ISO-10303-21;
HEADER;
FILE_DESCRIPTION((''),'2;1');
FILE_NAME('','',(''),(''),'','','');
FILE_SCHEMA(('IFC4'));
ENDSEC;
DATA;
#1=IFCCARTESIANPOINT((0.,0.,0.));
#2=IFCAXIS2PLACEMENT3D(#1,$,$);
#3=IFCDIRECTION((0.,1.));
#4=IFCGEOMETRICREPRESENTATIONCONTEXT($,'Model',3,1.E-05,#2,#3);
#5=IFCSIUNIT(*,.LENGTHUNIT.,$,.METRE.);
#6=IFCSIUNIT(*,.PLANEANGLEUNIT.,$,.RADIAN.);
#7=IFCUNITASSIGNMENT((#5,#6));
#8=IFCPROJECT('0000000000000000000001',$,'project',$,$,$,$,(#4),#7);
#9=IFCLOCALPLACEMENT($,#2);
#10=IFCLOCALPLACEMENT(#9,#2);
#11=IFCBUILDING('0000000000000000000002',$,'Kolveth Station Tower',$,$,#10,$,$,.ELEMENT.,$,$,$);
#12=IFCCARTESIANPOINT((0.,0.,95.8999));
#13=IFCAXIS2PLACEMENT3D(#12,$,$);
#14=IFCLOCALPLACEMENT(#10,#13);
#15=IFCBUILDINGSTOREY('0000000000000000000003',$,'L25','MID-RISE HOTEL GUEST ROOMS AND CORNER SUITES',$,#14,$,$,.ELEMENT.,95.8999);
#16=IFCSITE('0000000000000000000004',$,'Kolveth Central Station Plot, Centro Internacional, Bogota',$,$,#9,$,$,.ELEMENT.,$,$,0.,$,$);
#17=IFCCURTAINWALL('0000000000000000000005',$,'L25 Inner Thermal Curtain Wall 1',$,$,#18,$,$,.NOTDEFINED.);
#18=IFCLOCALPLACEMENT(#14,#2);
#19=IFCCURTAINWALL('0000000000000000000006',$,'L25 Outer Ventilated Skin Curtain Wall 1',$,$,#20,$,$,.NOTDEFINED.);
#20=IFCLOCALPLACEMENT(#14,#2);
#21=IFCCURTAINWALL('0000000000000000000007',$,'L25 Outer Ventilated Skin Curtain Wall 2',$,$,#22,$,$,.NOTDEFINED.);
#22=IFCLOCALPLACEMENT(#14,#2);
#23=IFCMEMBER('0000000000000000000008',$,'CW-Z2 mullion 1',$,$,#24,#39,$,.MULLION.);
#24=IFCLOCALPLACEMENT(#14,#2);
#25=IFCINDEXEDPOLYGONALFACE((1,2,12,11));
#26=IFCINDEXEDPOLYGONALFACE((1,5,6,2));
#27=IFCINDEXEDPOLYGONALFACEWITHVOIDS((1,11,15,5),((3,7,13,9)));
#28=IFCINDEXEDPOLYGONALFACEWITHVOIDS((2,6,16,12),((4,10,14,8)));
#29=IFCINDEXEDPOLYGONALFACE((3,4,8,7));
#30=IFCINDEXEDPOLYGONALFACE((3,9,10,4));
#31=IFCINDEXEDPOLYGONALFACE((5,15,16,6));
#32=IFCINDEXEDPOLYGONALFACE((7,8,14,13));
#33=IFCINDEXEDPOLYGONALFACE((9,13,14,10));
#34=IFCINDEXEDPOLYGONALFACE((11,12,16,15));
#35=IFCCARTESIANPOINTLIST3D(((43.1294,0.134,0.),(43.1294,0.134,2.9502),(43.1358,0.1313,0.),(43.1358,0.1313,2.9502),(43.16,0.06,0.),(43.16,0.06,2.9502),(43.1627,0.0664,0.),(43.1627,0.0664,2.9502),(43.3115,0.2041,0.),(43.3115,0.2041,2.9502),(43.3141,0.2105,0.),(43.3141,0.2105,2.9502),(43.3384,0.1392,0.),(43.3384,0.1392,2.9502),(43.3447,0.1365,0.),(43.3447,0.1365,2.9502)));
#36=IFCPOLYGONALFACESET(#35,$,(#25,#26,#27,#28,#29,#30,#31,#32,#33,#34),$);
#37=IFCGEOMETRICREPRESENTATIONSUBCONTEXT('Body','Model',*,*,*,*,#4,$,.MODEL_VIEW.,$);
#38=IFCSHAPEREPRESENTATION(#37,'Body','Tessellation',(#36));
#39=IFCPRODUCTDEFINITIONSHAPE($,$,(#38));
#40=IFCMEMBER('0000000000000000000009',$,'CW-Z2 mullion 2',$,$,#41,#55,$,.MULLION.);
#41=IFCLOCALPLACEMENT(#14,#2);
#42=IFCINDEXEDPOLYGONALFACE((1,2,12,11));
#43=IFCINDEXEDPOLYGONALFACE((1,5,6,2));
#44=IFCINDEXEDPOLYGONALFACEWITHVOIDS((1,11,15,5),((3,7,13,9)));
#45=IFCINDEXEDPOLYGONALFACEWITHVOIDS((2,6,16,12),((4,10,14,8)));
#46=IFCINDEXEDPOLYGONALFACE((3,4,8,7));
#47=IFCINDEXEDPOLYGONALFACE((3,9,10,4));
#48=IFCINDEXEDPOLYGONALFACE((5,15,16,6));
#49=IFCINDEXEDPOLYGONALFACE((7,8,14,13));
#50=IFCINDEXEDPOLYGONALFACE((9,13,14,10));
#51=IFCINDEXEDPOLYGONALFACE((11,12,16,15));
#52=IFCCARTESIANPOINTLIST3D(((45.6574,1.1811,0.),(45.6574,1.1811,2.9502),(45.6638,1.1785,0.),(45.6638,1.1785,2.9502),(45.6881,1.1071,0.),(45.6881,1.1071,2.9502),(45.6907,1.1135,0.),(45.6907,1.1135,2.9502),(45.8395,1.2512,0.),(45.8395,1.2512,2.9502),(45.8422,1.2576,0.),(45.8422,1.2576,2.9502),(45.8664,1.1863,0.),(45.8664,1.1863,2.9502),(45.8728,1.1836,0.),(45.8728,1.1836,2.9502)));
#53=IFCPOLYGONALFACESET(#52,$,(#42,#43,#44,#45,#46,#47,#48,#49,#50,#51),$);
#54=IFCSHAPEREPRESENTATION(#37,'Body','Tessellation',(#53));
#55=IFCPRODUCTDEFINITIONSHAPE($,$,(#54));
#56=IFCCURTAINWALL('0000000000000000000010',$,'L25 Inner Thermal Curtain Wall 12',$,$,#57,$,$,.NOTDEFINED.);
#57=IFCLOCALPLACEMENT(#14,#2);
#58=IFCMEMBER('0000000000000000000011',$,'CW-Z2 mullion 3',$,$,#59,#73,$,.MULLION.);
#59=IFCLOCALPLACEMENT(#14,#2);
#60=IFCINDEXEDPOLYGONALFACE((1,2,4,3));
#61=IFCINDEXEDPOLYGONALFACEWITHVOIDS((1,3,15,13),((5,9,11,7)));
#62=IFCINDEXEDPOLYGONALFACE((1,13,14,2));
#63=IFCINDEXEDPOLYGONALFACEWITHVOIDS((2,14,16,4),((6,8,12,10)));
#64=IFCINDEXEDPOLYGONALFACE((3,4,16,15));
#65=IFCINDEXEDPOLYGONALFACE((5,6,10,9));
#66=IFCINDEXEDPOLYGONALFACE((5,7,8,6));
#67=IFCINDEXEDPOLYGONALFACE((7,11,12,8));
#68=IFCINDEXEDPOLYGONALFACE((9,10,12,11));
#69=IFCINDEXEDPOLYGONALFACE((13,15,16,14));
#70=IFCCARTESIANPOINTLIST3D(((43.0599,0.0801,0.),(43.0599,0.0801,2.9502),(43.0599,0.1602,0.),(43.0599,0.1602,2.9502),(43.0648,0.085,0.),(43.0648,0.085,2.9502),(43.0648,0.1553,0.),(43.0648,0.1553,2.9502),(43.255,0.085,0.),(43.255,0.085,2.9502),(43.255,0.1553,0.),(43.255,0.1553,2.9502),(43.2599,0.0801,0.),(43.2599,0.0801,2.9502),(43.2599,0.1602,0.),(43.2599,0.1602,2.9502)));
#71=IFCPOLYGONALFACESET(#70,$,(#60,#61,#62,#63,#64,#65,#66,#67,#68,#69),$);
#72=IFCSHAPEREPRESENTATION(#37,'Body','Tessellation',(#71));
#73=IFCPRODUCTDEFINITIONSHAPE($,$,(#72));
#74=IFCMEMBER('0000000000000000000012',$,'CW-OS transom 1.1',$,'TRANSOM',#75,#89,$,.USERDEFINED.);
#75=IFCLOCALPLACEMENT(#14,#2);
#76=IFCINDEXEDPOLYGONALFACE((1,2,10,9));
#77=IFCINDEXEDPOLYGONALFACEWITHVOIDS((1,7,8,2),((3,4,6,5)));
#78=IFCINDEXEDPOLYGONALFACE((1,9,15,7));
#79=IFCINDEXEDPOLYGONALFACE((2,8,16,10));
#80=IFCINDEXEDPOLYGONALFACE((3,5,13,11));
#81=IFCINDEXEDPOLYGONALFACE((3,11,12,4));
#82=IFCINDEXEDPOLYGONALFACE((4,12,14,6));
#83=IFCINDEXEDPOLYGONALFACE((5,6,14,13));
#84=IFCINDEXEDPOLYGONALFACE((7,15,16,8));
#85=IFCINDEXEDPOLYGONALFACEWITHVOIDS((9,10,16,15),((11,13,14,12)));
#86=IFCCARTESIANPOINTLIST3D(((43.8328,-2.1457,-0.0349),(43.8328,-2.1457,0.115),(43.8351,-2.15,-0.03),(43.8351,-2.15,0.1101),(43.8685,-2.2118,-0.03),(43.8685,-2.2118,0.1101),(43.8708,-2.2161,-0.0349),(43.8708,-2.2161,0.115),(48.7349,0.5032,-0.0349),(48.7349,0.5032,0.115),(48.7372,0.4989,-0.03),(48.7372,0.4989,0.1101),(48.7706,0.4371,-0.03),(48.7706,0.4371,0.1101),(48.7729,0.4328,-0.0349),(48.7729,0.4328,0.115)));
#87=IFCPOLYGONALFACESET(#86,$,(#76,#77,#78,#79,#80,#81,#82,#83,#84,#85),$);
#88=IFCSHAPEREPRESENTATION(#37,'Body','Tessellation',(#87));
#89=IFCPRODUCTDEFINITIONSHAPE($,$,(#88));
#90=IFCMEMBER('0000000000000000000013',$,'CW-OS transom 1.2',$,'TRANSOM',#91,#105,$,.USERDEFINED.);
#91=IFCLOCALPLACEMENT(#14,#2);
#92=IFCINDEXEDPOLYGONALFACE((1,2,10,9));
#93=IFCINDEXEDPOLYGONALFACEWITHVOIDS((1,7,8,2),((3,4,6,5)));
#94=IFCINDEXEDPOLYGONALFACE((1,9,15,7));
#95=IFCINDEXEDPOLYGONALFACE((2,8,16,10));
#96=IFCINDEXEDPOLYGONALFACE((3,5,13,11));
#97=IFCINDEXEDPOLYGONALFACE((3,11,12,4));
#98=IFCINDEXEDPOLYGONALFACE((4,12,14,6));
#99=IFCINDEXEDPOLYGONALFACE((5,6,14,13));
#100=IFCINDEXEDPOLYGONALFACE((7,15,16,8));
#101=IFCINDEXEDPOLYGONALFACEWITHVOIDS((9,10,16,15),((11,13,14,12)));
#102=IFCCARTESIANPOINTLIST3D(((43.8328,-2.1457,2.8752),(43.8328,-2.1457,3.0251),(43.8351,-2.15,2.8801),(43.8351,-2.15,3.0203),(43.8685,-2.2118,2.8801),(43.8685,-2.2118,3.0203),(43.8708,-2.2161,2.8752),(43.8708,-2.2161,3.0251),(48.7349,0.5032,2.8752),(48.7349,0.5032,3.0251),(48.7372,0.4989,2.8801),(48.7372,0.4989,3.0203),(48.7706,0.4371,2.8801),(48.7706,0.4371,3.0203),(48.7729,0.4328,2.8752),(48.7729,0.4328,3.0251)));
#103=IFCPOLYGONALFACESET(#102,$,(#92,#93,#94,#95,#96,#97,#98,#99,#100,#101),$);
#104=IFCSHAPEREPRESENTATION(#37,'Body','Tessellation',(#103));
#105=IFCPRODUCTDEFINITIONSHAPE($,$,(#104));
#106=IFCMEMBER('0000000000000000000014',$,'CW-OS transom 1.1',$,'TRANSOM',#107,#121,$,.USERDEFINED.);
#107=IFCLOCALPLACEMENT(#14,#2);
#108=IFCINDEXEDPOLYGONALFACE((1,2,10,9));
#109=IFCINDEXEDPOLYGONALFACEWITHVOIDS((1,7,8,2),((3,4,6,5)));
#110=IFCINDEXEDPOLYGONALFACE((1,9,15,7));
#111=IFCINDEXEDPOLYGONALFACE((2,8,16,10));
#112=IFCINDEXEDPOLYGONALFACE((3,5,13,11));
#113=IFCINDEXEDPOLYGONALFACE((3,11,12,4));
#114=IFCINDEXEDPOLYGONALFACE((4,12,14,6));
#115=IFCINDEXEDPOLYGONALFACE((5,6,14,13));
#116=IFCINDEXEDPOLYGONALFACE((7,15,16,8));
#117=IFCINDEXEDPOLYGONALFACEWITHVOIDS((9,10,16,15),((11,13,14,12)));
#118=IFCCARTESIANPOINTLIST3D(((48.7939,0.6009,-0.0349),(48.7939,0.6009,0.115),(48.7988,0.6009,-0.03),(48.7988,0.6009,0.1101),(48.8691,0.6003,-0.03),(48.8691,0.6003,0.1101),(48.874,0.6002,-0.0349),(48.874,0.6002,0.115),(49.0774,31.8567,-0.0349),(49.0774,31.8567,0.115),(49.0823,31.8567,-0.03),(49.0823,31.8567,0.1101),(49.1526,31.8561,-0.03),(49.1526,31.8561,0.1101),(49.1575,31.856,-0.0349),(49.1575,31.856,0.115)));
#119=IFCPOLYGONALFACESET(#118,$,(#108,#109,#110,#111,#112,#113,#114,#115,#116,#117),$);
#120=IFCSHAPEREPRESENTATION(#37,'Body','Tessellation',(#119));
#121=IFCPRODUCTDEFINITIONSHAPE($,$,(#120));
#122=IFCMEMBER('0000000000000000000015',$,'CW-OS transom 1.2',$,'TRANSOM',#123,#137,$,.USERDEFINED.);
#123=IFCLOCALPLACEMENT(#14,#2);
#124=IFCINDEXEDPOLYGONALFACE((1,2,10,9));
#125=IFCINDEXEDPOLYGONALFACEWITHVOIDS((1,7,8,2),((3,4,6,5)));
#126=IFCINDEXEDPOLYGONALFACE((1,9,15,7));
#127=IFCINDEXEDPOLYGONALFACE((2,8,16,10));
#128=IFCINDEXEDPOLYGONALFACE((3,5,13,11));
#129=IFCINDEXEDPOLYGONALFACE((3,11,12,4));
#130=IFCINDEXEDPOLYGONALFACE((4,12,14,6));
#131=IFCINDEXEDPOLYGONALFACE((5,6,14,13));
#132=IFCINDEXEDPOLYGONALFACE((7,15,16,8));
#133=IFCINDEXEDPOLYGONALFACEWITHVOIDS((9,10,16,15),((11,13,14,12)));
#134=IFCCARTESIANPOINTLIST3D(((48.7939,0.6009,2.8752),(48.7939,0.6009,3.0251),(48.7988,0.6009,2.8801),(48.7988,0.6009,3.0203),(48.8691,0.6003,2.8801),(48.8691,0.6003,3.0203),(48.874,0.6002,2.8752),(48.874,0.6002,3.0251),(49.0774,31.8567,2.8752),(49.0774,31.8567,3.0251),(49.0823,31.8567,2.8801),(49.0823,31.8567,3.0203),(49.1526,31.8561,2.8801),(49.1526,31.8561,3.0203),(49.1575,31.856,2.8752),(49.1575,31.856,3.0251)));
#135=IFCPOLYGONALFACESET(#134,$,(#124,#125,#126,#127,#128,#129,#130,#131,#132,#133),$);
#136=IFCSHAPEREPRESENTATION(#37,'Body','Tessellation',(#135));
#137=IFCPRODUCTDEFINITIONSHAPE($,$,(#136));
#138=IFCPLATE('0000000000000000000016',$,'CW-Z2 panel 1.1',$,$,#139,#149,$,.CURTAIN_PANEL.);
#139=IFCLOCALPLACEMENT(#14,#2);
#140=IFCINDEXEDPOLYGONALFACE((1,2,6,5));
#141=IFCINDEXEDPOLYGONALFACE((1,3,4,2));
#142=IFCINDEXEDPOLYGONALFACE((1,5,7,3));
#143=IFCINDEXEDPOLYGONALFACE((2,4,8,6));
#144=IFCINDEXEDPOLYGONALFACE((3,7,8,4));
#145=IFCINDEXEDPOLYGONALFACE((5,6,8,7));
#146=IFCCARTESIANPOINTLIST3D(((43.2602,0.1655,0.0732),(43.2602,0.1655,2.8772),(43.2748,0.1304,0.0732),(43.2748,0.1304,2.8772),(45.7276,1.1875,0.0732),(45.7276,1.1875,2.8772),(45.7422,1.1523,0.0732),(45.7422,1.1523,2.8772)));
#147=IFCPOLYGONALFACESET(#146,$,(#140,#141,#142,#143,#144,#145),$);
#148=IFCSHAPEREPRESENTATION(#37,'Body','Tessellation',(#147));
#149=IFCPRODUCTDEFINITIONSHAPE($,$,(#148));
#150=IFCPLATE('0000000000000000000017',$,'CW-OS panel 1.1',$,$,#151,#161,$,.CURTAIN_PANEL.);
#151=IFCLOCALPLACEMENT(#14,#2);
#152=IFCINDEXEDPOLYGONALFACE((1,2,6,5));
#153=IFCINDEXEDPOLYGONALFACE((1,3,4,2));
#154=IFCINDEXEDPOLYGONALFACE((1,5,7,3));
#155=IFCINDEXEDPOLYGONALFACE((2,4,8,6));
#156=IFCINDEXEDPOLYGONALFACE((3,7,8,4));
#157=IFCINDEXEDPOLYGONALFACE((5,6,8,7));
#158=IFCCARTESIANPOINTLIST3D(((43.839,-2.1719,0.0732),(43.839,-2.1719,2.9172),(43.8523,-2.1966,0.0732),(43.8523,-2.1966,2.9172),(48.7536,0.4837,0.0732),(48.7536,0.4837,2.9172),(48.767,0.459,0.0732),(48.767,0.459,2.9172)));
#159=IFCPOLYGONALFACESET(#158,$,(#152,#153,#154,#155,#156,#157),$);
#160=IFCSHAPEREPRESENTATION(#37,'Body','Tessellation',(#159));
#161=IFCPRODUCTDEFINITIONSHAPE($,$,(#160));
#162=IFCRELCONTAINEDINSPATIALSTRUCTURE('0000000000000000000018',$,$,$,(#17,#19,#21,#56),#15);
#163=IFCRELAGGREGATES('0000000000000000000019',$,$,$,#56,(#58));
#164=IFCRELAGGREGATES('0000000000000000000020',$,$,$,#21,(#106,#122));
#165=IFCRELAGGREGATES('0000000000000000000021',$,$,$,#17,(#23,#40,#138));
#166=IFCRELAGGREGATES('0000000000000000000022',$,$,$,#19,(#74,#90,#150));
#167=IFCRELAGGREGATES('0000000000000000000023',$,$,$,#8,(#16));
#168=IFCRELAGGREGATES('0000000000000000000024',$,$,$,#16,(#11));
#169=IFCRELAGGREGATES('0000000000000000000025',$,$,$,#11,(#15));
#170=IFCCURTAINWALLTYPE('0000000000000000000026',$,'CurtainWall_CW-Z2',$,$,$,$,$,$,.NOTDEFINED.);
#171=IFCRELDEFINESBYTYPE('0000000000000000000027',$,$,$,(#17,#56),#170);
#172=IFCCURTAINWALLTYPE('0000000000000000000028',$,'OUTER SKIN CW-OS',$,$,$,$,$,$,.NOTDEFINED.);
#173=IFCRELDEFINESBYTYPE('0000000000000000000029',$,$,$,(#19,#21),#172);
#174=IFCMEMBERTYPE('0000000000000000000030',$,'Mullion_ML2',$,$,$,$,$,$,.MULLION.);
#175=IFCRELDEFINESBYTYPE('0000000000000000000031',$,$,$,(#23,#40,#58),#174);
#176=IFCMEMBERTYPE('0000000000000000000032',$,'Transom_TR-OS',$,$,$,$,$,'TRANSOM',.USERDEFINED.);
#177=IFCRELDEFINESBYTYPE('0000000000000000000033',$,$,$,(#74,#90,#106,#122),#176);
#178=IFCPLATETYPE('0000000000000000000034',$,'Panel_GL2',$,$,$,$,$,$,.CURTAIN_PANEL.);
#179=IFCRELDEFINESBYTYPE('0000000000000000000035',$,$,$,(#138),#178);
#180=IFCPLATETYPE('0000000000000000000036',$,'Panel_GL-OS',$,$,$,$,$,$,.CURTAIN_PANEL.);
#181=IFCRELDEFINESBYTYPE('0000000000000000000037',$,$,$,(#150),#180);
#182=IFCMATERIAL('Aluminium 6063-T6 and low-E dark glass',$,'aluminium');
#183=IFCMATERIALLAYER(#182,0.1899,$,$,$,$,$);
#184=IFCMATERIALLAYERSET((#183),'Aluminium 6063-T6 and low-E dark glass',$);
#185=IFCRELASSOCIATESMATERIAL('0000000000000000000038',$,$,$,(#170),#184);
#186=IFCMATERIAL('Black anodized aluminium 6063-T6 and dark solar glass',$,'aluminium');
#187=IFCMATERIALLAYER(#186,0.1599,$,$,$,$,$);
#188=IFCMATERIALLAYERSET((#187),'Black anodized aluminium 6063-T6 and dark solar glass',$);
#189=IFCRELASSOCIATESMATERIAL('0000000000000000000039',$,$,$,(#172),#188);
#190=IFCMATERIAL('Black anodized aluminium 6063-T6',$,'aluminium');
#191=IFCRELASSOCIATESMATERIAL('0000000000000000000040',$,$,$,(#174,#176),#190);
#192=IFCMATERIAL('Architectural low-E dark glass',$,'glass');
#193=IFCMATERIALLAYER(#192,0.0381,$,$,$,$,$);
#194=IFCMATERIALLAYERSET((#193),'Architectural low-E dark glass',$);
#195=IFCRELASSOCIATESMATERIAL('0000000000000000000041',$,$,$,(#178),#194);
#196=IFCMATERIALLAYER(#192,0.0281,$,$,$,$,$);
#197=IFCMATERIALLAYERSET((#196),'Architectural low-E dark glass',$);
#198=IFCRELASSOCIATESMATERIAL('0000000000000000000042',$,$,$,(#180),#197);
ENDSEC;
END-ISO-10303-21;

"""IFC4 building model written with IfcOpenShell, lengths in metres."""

from ifc_helpers import new_model, si_unit, direction, frame, origin, origin_2d, place, context, subcontext, project, spatial, rectangle, hollow_rectangle, extrude, source, transform, mapped, material, layer, layer_set, material_profile, profile_set, type_object, element, aggregate, save


model = new_model("IFC4")

# Units and contexts
model_context = context("Model", 3, precision=1e-05, world=origin(), true_north=direction((0.0, 1.0)))
body_context = subcontext(model_context, "Body", "Model", "MODEL_VIEW")
ifc_project = project(units=[si_unit("LENGTHUNIT", "METRE"), si_unit("PLANEANGLEUNIT", "RADIAN")], contexts=[model_context])

# Site, building, storey
site_placement = place(None, origin())
site = spatial("IfcSite", under=ifc_project, at=site_placement, Name="Kolveth Central Station Plot, Centro Internacional, Bogota", CompositionType="ELEMENT", RefElevation=0.0)
building_placement = place(site_placement, origin())
building = spatial("IfcBuilding", under=site, at=building_placement, Name="Kolveth Station Tower", CompositionType="ELEMENT")
storey_placement = place(building_placement, frame((0.0, 0.0, 95.8999)))
storey = spatial("IfcBuildingStorey", under=building, at=storey_placement, Name="L25", Description="MID-RISE HOTEL GUEST ROOMS AND CORNER SUITES", CompositionType="ELEMENT", Elevation=95.8999)

# Curtain walls
ifc_material_1 = material(Name="Aluminium 6063-T6 and low-E dark glass", Category="aluminium")
ifc_layer_1 = layer(ifc_material_1, 0.1899)
ifc_layer_set_1 = layer_set([ifc_layer_1], Name="Aluminium 6063-T6 and low-E dark glass")
curtain_wall_type_1 = type_object("IfcCurtainWallType", Name="CurtainWall_CW-Z2", PredefinedType="NOTDEFINED", material=ifc_layer_set_1)
curtain_wall_1_placement = place(storey_placement, origin())
curtain_wall_1 = element("IfcCurtainWall", 1, at=curtain_wall_1_placement, inside=storey, type_object=curtain_wall_type_1, Name="L25 Inner Thermal Curtain Wall 1", PredefinedType="NOTDEFINED")
ifc_material_2 = material(Name="Black anodized aluminium 6063-T6", Category="aluminium")
ifc_material_3 = material(Name="Black anodized aluminium 6063-T6 and dark solar glass", Category="aluminium")
ifc_layer_2 = layer(ifc_material_3, 0.1599)
ifc_layer_set_2 = layer_set([ifc_layer_2], Name="Black anodized aluminium 6063-T6 and dark solar glass")
curtain_wall_type_2 = type_object("IfcCurtainWallType", Name="OUTER SKIN CW-OS", PredefinedType="NOTDEFINED", material=ifc_layer_set_2)
curtain_wall_2_placement = place(storey_placement, origin())
curtain_wall_2 = element("IfcCurtainWall", 2, at=curtain_wall_2_placement, inside=storey, type_object=curtain_wall_type_2, Name="L25 Outer Ventilated Skin Curtain Wall 1", PredefinedType="NOTDEFINED")

# Curtain wall
curtain_wall_3_placement = place(storey_placement, origin())
curtain_wall_3 = element("IfcCurtainWall", 3, at=curtain_wall_3_placement, inside=storey, type_object=curtain_wall_type_2, Name="L25 Outer Ventilated Skin Curtain Wall 2", PredefinedType="NOTDEFINED")

# Members
ifc_material_profile_1 = material_profile(ifc_material_2, hollow_rectangle(XDim=0.0801, YDim=0.2, WallThickness=0.0049, at=origin_2d()), Name="ALU-80x200x5")
ifc_profile_set_1 = profile_set([ifc_material_profile_1], Name="Black anodized aluminium 6063-T6")
member_type_1 = type_object("IfcMemberType", Name="Mullion_ML2", PredefinedType="MULLION", material=ifc_profile_set_1)
shared_shape_1 = source(origin(), body_context, "Body", "SweptSolid", [
    extrude(hollow_rectangle(XDim=0.0801, YDim=0.2, WallThickness=0.0049, at=origin_2d()), origin(), (0.0, 0.0, 1.0), 2.9502),
])
member_1_placement = place(storey_placement, frame((43.2371, 0.1353, 0.0), z_axis=(0.0, 0.0, 1.0), x_axis=(-0.382663, 0.923888, 0.0)))
member_1 = element("IfcMember", 4, at=member_1_placement, type_object=member_type_1, Name="CW-Z2 mullion 1", PredefinedType="MULLION", context=body_context, shape_type="MappedRepresentation", body=[
    mapped(shared_shape_1, transform((0.0, 0.0, 0.0), x_axis=(1.0, 0.0, 0.0), y_axis=(0.0, 1.0, 0.0), z_axis=(0.0, 0.0, 1.0), scale=1.0)),
])
member_2_placement = place(storey_placement, frame((45.7651, 1.1824, 0.0), z_axis=(0.0, 0.0, 1.0), x_axis=(-0.382663, 0.923888, 0.0)))
member_2 = element("IfcMember", 5, at=member_2_placement, type_object=member_type_1, Name="CW-Z2 mullion 2", PredefinedType="MULLION", context=body_context, shape_type="MappedRepresentation", body=[
    mapped(shared_shape_1, transform((0.0, 0.0, 0.0), x_axis=(1.0, 0.0, 0.0), y_axis=(0.0, 1.0, 0.0), z_axis=(0.0, 0.0, 1.0), scale=1.0)),
])

# Curtain wall, member
curtain_wall_4_placement = place(storey_placement, origin())
curtain_wall_4 = element("IfcCurtainWall", 6, at=curtain_wall_4_placement, inside=storey, type_object=curtain_wall_type_1, Name="L25 Inner Thermal Curtain Wall 12", PredefinedType="NOTDEFINED")
member_3_placement = place(storey_placement, frame((43.1599, 0.1201, 0.0), z_axis=(0.0, 0.0, 1.0), x_axis=(0.0, 1.0, 0.0)))
member_3 = element("IfcMember", 7, at=member_3_placement, type_object=member_type_1, Name="CW-Z2 mullion 3", PredefinedType="MULLION", context=body_context, shape_type="MappedRepresentation", body=[
    mapped(shared_shape_1, transform((0.0, 0.0, 0.0), x_axis=(1.0, 0.0, 0.0), y_axis=(0.0, 1.0, 0.0), z_axis=(0.0, 0.0, 1.0), scale=1.0)),
])
aggregate(curtain_wall_4, [member_3])

# Members
ifc_material_profile_2 = material_profile(ifc_material_2, hollow_rectangle(XDim=0.0801, YDim=0.1499, WallThickness=0.0049, at=origin_2d()), Name="ALU-80x150x5")
ifc_profile_set_2 = profile_set([ifc_material_profile_2], Name="Black anodized aluminium 6063-T6")
member_type_2 = type_object("IfcMemberType", Name="Transom_TR-OS", ElementType="TRANSOM", PredefinedType="USERDEFINED", material=ifc_profile_set_2)
shared_shape_2 = source(origin(), body_context, "Body", "SweptSolid", [
    extrude(hollow_rectangle(XDim=0.0801, YDim=0.1499, WallThickness=0.0049, at=origin_2d()), origin(), (0.0, 0.0, 1.0), 5.572),
])
member_4_placement = place(storey_placement, frame((43.8518, -2.1809, 0.04), z_axis=(0.879771, 0.475398, 0.0), x_axis=(-0.475398, 0.879771, 0.0)))
member_4 = element("IfcMember", 8, at=member_4_placement, type_object=member_type_2, Name="CW-OS transom 1.1", ObjectType="TRANSOM", PredefinedType="USERDEFINED", context=body_context, shape_type="MappedRepresentation", body=[
    mapped(shared_shape_2, transform((0.0, 0.0, 0.0), x_axis=(1.0, 0.0, 0.0), y_axis=(0.0, 1.0, 0.0), z_axis=(0.0, 0.0, 1.0), scale=1.0)),
])
member_5_placement = place(storey_placement, frame((43.8518, -2.1809, 2.9502), z_axis=(0.879771, 0.475398, 0.0), x_axis=(-0.475398, 0.879771, 0.0)))
member_5 = element("IfcMember", 9, at=member_5_placement, type_object=member_type_2, Name="CW-OS transom 1.2", ObjectType="TRANSOM", PredefinedType="USERDEFINED", context=body_context, shape_type="MappedRepresentation", body=[
    mapped(shared_shape_2, transform((0.0, 0.0, 0.0), x_axis=(1.0, 0.0, 0.0), y_axis=(0.0, 1.0, 0.0), z_axis=(0.0, 0.0, 1.0), scale=1.0)),
])
shared_shape_3 = source(origin(), body_context, "Body", "SweptSolid", [
    extrude(hollow_rectangle(XDim=0.0801, YDim=0.1499, WallThickness=0.0049, at=origin_2d()), origin(), (0.0, 0.0, 1.0), 31.2571),
])
member_6_placement = place(storey_placement, frame((48.834, 0.6006, 0.04), z_axis=(0.009068, 0.999959, 0.0), x_axis=(-0.999959, 0.009068, 0.0)))
member_6 = element("IfcMember", 10, at=member_6_placement, type_object=member_type_2, Name="CW-OS transom 1.1", ObjectType="TRANSOM", PredefinedType="USERDEFINED", context=body_context, shape_type="MappedRepresentation", body=[
    mapped(shared_shape_3, transform((0.0, 0.0, 0.0), x_axis=(1.0, 0.0, 0.0), y_axis=(0.0, 1.0, 0.0), z_axis=(0.0, 0.0, 1.0), scale=1.0)),
])
member_7_placement = place(storey_placement, frame((48.834, 0.6006, 2.9502), z_axis=(0.009068, 0.999959, 0.0), x_axis=(-0.999959, 0.009068, 0.0)))
member_7 = element("IfcMember", 11, at=member_7_placement, type_object=member_type_2, Name="CW-OS transom 1.2", ObjectType="TRANSOM", PredefinedType="USERDEFINED", context=body_context, shape_type="MappedRepresentation", body=[
    mapped(shared_shape_3, transform((0.0, 0.0, 0.0), x_axis=(1.0, 0.0, 0.0), y_axis=(0.0, 1.0, 0.0), z_axis=(0.0, 0.0, 1.0), scale=1.0)),
])
aggregate(curtain_wall_3, [member_6, member_7])

# Plates
ifc_material_4 = material(Name="Architectural low-E dark glass", Category="glass")
ifc_layer_3 = layer(ifc_material_4, 0.0381)
ifc_layer_set_3 = layer_set([ifc_layer_3], Name="Architectural low-E dark glass")
plate_type_1 = type_object("IfcPlateType", Name="Panel_GL2", PredefinedType="CURTAIN_PANEL", material=ifc_layer_set_3)
shared_shape_4 = source(origin(), body_context, "Body", "SweptSolid", [
    extrude(rectangle(XDim=2.6707, YDim=0.0381, at=origin_2d()), origin(), (0.0, 0.0, 1.0), 2.804),
])
plate_1_placement = place(storey_placement, frame((44.5012, 0.6589, 0.0732), z_axis=(0.0, 0.0, 1.0), x_axis=(0.923888, 0.382663, 0.0)))
plate_1 = element("IfcPlate", 12, at=plate_1_placement, type_object=plate_type_1, Name="CW-Z2 panel 1.1", PredefinedType="CURTAIN_PANEL", context=body_context, shape_type="MappedRepresentation", body=[
    mapped(shared_shape_4, transform((0.0, 0.0, 0.0), x_axis=(1.0, 0.0, 0.0), y_axis=(0.0, 1.0, 0.0), z_axis=(0.0, 0.0, 1.0), scale=1.0)),
])
aggregate(curtain_wall_1, [member_1, member_2, plate_1])
ifc_layer_4 = layer(ifc_material_4, 0.0281)
ifc_layer_set_4 = layer_set([ifc_layer_4], Name="Architectural low-E dark glass")
plate_type_2 = type_object("IfcPlateType", Name="Panel_GL-OS", PredefinedType="CURTAIN_PANEL", material=ifc_layer_set_4)
shared_shape_5 = source(origin(), body_context, "Body", "SweptSolid", [
    extrude(rectangle(XDim=5.5862, YDim=0.0281, at=origin_2d()), origin(), (0.0, 0.0, 1.0), 2.844),
])
plate_2_placement = place(storey_placement, frame((46.303, -0.8564, 0.0732), z_axis=(0.0, 0.0, 1.0), x_axis=(0.879784, 0.475374, 0.0)))
plate_2 = element("IfcPlate", 13, at=plate_2_placement, type_object=plate_type_2, Name="CW-OS panel 1.1", PredefinedType="CURTAIN_PANEL", context=body_context, shape_type="MappedRepresentation", body=[
    mapped(shared_shape_5, transform((0.0, 0.0, 0.0), x_axis=(1.0, 0.0, 0.0), y_axis=(0.0, 1.0, 0.0), z_axis=(0.0, 0.0, 1.0), scale=1.0)),
])
aggregate(curtain_wall_2, [member_4, member_5, plate_2])

save(model, "model.ifc")
